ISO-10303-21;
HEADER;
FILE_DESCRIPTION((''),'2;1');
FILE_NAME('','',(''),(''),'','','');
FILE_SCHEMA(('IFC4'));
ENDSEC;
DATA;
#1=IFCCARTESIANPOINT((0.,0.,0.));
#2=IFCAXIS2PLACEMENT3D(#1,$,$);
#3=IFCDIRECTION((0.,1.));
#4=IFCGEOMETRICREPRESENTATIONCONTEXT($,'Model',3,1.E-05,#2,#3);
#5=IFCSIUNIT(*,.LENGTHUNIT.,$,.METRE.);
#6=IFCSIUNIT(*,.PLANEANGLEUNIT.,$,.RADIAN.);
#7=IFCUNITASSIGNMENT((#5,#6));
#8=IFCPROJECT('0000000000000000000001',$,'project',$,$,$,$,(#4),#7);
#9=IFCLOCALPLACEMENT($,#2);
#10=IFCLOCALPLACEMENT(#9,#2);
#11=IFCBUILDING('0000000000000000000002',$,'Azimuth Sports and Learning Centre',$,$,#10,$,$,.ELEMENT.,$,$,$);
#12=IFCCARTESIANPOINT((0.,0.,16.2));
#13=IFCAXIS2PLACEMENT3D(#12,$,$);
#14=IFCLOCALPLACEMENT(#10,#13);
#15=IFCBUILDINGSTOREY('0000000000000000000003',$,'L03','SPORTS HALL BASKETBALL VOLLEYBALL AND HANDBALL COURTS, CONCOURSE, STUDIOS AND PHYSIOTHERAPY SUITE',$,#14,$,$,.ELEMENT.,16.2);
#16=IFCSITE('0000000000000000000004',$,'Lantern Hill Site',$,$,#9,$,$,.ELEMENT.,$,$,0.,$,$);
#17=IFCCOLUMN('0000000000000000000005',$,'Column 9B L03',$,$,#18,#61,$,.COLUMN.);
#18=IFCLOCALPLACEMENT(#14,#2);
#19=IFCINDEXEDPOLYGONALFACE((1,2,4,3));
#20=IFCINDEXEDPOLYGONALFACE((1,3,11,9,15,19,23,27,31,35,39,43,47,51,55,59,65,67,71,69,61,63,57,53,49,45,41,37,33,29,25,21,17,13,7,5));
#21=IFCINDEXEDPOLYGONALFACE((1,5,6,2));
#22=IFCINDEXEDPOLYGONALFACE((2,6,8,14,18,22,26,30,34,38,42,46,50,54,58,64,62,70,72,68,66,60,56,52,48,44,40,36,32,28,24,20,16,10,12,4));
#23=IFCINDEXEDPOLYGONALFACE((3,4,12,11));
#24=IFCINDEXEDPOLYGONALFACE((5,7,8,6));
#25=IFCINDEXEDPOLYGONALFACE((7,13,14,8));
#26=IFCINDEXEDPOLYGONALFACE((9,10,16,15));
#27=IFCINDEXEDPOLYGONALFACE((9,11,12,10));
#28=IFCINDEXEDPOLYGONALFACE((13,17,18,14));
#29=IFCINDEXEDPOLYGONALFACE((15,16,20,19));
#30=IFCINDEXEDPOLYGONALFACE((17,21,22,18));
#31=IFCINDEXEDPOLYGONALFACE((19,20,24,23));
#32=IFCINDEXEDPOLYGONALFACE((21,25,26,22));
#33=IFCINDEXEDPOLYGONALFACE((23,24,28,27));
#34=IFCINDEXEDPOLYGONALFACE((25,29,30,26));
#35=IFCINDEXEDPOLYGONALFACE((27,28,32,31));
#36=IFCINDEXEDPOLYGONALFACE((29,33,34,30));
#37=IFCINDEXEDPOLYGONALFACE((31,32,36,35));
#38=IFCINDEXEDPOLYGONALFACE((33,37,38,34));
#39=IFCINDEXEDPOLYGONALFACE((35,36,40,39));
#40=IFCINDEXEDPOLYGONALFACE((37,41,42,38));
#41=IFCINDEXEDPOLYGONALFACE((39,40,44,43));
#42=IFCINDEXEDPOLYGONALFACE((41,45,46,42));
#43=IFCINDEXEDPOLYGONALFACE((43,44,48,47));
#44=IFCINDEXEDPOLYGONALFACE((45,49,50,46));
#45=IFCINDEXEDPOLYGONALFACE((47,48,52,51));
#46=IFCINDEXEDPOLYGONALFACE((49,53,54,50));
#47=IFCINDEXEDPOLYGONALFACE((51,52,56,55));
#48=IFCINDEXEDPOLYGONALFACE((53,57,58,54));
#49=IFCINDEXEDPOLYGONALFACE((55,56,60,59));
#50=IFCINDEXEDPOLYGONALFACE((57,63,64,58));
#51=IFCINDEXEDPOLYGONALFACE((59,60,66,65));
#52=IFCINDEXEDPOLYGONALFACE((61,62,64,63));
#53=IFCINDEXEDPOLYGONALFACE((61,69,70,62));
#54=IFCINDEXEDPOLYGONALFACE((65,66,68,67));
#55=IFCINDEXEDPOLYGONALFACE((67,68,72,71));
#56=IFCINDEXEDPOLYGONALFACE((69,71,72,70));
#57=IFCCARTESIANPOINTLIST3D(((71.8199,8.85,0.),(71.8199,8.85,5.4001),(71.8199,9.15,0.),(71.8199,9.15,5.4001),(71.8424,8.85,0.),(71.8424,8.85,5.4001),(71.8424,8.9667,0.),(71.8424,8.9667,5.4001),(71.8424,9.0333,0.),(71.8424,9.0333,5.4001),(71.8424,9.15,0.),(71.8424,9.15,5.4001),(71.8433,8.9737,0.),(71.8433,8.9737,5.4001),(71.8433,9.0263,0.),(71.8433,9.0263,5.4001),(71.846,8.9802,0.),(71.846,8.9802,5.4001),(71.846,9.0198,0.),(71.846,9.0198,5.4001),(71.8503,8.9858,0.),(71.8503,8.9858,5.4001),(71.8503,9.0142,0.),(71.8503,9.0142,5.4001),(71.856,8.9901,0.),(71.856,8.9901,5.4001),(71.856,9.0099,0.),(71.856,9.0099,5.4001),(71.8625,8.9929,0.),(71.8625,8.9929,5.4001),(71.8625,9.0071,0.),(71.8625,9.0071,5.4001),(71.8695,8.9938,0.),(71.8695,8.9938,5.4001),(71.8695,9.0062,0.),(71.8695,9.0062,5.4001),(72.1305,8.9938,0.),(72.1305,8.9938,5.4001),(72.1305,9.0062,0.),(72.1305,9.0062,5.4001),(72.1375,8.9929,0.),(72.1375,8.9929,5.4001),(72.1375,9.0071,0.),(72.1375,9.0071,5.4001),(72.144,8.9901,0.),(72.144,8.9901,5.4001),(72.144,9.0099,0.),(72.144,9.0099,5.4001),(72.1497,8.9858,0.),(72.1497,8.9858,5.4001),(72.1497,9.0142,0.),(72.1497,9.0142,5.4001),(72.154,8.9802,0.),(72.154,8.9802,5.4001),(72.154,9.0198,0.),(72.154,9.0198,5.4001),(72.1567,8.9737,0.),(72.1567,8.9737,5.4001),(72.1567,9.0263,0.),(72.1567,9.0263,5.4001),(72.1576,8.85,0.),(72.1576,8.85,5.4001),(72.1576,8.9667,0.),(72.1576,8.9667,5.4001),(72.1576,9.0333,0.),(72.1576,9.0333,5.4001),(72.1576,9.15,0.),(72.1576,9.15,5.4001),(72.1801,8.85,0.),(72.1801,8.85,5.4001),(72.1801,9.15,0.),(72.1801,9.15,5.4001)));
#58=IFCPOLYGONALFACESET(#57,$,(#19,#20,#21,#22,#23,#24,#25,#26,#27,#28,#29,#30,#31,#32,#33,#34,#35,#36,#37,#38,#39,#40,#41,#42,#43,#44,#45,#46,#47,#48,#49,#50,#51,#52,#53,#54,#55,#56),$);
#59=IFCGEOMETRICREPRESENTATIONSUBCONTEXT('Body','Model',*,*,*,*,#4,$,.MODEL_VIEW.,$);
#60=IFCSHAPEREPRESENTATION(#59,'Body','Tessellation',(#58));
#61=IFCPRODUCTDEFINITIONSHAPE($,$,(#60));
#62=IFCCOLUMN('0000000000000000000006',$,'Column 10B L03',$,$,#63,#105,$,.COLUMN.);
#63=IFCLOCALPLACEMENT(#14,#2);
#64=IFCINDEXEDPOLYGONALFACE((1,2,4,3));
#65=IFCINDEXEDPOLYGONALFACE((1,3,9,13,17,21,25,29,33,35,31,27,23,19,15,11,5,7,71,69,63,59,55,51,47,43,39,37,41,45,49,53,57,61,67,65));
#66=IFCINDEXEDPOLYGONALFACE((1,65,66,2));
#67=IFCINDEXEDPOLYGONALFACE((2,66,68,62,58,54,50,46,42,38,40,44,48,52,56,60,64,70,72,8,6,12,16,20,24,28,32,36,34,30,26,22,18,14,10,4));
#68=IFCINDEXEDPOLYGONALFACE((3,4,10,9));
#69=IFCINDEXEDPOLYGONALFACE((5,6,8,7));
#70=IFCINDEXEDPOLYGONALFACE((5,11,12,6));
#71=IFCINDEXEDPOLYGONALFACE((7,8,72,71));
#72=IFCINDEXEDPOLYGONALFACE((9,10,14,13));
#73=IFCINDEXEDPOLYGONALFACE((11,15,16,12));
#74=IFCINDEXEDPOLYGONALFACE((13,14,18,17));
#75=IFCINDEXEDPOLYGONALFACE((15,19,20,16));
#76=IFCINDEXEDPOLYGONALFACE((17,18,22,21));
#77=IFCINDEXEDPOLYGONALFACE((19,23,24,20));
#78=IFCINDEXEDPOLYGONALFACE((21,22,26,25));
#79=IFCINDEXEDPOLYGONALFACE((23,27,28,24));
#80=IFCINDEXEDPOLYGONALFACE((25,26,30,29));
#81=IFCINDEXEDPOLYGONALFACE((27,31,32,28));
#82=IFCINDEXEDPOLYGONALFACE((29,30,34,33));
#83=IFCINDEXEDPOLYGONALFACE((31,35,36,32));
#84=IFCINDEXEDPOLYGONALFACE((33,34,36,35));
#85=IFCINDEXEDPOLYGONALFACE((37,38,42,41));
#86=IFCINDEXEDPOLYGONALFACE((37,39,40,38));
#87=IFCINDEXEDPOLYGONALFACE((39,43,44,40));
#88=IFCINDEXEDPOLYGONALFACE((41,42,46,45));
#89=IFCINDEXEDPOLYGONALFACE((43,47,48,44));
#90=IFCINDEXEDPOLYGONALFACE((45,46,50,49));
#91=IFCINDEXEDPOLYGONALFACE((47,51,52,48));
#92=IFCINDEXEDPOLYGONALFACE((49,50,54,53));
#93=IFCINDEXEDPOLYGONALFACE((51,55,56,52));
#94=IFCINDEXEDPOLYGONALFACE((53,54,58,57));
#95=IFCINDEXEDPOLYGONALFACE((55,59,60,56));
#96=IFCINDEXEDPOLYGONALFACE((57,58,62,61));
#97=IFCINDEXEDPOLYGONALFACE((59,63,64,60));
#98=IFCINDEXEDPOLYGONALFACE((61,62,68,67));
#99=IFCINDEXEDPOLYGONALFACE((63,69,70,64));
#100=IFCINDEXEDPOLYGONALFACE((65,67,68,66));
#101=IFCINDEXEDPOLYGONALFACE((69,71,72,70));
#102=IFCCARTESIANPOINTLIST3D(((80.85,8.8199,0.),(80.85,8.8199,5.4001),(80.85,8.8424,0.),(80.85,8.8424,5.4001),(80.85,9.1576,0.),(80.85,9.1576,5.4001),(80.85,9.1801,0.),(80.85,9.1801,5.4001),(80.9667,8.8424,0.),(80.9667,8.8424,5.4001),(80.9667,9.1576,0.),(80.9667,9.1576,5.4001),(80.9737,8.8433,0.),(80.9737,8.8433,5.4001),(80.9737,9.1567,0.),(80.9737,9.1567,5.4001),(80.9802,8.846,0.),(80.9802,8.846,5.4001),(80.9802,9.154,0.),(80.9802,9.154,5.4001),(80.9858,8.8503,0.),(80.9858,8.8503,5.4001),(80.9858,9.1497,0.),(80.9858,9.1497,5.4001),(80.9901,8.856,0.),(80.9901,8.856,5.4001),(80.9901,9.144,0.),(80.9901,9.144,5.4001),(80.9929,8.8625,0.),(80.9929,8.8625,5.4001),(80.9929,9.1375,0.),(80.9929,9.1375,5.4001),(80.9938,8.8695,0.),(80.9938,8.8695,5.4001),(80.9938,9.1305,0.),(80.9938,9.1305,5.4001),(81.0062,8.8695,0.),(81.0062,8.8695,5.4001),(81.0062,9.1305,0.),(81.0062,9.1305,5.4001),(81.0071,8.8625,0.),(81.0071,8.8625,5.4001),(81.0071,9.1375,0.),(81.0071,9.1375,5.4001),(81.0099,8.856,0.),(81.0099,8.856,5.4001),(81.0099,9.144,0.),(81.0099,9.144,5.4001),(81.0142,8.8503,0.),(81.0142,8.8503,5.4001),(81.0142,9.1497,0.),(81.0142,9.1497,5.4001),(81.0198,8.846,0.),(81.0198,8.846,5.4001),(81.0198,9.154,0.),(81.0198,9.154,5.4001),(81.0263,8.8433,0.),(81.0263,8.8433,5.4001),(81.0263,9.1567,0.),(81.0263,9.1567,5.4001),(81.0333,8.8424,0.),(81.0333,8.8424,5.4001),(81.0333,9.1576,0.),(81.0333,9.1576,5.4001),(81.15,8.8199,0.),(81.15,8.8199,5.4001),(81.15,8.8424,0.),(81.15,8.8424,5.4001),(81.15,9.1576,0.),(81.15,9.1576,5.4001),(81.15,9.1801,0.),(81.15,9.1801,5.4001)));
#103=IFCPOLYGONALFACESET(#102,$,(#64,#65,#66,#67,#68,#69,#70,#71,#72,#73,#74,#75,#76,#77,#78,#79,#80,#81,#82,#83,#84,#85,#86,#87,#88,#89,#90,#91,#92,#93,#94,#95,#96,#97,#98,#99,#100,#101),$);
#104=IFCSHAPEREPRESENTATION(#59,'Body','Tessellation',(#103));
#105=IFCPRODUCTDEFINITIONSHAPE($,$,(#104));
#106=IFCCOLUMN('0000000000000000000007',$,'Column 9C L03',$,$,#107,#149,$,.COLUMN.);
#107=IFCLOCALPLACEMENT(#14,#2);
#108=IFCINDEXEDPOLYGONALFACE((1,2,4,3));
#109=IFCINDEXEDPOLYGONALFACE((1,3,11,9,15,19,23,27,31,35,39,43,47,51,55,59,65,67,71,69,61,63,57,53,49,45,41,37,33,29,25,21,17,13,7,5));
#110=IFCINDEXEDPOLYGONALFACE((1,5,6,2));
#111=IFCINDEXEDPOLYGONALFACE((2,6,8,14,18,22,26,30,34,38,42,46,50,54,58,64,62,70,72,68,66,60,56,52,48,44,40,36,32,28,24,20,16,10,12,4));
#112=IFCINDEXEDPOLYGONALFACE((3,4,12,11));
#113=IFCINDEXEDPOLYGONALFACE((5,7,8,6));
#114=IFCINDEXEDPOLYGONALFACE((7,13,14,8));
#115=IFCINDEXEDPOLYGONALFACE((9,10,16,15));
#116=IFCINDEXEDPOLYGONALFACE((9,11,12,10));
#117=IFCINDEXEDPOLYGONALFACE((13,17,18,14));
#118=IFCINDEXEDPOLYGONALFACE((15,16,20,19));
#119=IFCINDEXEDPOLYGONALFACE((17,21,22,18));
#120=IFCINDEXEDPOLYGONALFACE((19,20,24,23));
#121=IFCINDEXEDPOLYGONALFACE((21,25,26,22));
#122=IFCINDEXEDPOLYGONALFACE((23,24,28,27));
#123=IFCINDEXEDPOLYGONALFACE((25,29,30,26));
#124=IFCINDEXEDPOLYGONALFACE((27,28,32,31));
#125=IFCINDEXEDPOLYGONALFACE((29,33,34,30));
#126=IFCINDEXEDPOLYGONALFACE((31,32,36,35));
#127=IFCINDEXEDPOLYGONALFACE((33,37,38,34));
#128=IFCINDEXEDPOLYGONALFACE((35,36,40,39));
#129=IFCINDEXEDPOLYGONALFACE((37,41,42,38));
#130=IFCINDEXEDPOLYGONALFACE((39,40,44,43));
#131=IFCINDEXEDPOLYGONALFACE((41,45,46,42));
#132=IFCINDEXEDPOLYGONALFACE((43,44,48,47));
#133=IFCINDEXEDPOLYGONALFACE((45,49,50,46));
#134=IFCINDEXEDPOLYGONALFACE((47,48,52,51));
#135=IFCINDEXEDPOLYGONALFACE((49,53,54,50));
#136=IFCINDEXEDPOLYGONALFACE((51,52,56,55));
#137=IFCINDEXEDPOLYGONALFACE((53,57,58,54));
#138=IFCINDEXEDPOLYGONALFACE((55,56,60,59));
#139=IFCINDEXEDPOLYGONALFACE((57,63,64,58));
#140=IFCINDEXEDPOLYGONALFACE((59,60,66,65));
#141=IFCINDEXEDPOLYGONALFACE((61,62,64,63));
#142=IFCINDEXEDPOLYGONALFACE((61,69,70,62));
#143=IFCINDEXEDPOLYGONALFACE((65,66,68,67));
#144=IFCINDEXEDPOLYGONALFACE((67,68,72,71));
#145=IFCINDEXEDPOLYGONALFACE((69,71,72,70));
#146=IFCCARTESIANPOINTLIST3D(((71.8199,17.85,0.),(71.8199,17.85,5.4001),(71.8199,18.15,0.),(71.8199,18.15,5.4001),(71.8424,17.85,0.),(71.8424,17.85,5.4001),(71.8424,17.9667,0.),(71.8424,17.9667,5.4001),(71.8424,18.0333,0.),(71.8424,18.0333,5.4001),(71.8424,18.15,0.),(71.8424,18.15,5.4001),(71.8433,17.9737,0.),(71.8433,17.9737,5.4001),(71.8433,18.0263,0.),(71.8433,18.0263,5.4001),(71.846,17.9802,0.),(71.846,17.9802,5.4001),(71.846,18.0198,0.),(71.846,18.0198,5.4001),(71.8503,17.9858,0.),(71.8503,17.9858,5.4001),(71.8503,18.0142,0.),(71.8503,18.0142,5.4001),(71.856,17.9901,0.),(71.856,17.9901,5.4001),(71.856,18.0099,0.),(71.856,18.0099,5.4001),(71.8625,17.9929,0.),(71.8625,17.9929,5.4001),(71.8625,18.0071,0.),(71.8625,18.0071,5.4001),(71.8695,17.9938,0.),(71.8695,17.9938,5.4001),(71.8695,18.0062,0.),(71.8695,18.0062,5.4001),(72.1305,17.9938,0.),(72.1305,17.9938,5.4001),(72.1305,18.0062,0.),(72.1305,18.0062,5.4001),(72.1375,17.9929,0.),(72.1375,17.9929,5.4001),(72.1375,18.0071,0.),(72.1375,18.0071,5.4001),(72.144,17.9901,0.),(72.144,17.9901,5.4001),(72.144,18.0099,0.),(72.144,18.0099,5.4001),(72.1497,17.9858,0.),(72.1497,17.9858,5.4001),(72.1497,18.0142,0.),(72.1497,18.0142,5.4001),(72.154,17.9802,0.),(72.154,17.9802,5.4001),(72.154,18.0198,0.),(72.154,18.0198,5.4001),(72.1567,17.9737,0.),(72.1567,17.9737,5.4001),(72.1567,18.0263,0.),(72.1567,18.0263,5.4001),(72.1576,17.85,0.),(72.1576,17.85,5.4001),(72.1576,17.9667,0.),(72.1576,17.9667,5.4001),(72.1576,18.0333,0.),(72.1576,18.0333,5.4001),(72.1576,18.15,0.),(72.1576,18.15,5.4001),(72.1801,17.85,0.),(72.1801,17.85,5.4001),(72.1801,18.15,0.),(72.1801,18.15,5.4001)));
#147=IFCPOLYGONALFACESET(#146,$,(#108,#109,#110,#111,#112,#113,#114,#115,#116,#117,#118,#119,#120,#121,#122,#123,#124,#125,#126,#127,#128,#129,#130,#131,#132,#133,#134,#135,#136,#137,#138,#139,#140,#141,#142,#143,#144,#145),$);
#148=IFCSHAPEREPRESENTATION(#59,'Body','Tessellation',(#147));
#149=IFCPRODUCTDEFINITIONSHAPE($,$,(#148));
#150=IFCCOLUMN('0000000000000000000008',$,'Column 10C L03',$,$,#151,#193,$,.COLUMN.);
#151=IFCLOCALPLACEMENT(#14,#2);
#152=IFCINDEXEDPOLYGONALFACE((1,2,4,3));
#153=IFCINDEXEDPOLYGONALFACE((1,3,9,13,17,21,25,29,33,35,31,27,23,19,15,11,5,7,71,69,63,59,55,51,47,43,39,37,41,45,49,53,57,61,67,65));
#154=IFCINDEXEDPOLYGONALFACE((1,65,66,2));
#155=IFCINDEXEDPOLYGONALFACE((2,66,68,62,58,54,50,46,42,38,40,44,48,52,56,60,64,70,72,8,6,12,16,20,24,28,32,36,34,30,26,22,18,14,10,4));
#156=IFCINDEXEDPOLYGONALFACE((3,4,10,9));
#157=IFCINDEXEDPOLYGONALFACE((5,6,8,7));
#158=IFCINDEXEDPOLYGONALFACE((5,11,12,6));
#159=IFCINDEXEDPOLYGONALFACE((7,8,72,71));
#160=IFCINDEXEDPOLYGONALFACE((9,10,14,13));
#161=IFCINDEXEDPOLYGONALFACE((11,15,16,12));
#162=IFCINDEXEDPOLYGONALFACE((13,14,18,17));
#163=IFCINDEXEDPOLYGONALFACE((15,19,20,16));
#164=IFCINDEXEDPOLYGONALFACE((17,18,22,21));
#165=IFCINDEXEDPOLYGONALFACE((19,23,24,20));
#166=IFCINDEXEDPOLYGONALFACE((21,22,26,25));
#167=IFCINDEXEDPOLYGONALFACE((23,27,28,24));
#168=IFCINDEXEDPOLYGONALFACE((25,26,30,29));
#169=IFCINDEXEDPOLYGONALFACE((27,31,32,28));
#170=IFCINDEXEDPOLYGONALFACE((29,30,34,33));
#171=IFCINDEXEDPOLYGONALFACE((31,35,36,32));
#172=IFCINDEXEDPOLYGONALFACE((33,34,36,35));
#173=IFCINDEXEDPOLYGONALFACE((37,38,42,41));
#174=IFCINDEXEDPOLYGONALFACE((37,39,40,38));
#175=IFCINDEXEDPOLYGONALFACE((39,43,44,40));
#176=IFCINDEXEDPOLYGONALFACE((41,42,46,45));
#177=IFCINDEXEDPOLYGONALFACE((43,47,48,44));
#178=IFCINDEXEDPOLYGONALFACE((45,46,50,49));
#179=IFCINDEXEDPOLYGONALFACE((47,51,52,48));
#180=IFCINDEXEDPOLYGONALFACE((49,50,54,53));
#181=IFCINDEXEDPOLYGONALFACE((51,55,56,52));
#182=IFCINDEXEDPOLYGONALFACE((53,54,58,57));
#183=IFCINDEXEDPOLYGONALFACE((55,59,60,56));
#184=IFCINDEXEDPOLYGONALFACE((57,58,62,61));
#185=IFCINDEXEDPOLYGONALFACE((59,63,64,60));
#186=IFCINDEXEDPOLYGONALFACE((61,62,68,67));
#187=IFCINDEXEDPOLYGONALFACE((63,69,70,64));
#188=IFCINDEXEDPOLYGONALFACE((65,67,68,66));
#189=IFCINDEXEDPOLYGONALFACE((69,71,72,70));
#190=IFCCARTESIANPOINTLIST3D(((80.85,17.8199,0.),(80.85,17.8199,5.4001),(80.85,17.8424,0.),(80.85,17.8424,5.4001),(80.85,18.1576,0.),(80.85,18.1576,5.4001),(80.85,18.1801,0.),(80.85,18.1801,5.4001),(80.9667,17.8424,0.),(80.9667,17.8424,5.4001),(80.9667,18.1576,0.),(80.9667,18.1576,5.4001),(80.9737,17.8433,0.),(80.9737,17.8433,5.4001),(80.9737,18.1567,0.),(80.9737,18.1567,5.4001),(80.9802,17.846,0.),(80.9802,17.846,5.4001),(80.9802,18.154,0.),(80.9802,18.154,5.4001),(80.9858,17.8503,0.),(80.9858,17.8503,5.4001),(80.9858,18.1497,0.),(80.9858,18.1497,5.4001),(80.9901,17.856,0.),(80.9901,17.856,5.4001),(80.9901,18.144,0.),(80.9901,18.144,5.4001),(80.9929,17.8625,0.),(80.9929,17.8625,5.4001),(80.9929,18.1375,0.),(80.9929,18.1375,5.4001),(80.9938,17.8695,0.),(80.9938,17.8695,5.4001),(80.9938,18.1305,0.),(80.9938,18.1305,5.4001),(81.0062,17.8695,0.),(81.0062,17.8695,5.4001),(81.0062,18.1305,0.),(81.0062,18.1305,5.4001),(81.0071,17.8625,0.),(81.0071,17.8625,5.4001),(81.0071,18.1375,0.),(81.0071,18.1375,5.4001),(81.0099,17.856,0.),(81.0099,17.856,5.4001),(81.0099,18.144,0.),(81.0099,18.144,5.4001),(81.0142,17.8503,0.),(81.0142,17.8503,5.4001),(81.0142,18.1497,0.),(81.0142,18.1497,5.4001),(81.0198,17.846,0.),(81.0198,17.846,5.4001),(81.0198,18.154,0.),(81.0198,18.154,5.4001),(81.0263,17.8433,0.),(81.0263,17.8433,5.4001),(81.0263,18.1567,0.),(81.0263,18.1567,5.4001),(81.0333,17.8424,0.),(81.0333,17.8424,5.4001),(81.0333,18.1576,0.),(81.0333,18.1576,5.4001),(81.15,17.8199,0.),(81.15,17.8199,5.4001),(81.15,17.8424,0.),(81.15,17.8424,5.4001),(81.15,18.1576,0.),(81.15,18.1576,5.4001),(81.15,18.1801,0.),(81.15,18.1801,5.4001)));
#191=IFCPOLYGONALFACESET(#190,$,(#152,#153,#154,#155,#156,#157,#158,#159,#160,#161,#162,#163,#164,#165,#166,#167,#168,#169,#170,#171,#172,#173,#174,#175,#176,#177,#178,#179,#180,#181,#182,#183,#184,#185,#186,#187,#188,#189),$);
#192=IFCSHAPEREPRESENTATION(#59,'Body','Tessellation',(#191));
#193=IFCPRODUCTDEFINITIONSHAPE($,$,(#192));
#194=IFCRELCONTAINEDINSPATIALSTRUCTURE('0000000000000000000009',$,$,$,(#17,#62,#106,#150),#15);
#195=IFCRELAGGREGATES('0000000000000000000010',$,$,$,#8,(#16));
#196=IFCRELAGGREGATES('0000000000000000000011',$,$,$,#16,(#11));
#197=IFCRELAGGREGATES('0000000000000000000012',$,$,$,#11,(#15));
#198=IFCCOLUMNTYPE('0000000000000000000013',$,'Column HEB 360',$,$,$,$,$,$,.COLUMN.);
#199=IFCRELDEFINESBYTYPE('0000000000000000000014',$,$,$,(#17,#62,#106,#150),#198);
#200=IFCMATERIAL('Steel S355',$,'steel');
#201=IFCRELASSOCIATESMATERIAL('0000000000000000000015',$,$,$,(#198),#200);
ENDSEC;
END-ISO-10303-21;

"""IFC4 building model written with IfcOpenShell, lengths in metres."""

from ifc_helpers import new_model, si_unit, direction, frame, origin, origin_2d, place, context, subcontext, project, spatial, i_section, extrude, material, material_profile, profile_set, type_object, element, save


model = new_model("IFC4")

# Units and contexts
model_context = context("Model", 3, precision=1e-05, world=origin(), true_north=direction((0.0, 1.0)))
body_context = subcontext(model_context, "Body", "Model", "MODEL_VIEW")
ifc_project = project(units=[si_unit("LENGTHUNIT", "METRE"), si_unit("PLANEANGLEUNIT", "RADIAN")], contexts=[model_context])

# Site, building, storey
site_placement = place(None, origin())
site = spatial("IfcSite", under=ifc_project, at=site_placement, Name="Lantern Hill Site", CompositionType="ELEMENT", RefElevation=0.0)
building_placement = place(site_placement, origin())
building = spatial("IfcBuilding", under=site, at=building_placement, Name="Azimuth Sports and Learning Centre", CompositionType="ELEMENT")
storey_placement = place(building_placement, frame((0.0, 0.0, 16.2)))
storey = spatial("IfcBuildingStorey", under=building, at=storey_placement, Name="L03", Description="SPORTS HALL BASKETBALL VOLLEYBALL AND HANDBALL COURTS, CONCOURSE, STUDIOS AND PHYSIOTHERAPY SUITE", CompositionType="ELEMENT", Elevation=16.2)

# Columns
ifc_material_1 = material(Name="Steel S355", Category="steel")
ifc_material_profile_1 = material_profile(ifc_material_1, i_section(OverallWidth=0.3, OverallDepth=0.3601, WebThickness=0.0125, FlangeThickness=0.0225, FilletRadius=0.0271, at=origin_2d()), Name="HEB 360")
ifc_profile_set_1 = profile_set([ifc_material_profile_1], Name="Steel S355")
column_type = type_object("IfcColumnType", Name="Column HEB 360", PredefinedType="COLUMN", material=ifc_profile_set_1)
for number, where, z_axis, x_axis, name in (
    (1, (72.0, 9.0, 0.0), (0.0, 0.0, 1.0), (0.0, 1.0, 0.0), "Column 9B L03"),
    (2, (81.0, 9.0, 0.0), (0.0, 0.0, 1.0), (1.0, 0.0, 0.0), "Column 10B L03"),
    (3, (72.0, 18.0, 0.0), (0.0, 0.0, 1.0), (0.0, 1.0, 0.0), "Column 9C L03"),
    (4, (81.0, 18.0, 0.0), (0.0, 0.0, 1.0), (1.0, 0.0, 0.0), "Column 10C L03"),
):
    element("IfcColumn", number, at=place(storey_placement, frame(where, z_axis=z_axis, x_axis=x_axis)), inside=storey, type_object=column_type, Name=name, PredefinedType="COLUMN", context=body_context, shape_type="SweptSolid", body=[
        extrude(i_section(OverallWidth=0.3, OverallDepth=0.3601, WebThickness=0.0125, FlangeThickness=0.0225, FilletRadius=0.0271, at=origin_2d()), origin(), (0.0, 0.0, 1.0), 5.4001),
    ])

save(model, "model.ifc")
